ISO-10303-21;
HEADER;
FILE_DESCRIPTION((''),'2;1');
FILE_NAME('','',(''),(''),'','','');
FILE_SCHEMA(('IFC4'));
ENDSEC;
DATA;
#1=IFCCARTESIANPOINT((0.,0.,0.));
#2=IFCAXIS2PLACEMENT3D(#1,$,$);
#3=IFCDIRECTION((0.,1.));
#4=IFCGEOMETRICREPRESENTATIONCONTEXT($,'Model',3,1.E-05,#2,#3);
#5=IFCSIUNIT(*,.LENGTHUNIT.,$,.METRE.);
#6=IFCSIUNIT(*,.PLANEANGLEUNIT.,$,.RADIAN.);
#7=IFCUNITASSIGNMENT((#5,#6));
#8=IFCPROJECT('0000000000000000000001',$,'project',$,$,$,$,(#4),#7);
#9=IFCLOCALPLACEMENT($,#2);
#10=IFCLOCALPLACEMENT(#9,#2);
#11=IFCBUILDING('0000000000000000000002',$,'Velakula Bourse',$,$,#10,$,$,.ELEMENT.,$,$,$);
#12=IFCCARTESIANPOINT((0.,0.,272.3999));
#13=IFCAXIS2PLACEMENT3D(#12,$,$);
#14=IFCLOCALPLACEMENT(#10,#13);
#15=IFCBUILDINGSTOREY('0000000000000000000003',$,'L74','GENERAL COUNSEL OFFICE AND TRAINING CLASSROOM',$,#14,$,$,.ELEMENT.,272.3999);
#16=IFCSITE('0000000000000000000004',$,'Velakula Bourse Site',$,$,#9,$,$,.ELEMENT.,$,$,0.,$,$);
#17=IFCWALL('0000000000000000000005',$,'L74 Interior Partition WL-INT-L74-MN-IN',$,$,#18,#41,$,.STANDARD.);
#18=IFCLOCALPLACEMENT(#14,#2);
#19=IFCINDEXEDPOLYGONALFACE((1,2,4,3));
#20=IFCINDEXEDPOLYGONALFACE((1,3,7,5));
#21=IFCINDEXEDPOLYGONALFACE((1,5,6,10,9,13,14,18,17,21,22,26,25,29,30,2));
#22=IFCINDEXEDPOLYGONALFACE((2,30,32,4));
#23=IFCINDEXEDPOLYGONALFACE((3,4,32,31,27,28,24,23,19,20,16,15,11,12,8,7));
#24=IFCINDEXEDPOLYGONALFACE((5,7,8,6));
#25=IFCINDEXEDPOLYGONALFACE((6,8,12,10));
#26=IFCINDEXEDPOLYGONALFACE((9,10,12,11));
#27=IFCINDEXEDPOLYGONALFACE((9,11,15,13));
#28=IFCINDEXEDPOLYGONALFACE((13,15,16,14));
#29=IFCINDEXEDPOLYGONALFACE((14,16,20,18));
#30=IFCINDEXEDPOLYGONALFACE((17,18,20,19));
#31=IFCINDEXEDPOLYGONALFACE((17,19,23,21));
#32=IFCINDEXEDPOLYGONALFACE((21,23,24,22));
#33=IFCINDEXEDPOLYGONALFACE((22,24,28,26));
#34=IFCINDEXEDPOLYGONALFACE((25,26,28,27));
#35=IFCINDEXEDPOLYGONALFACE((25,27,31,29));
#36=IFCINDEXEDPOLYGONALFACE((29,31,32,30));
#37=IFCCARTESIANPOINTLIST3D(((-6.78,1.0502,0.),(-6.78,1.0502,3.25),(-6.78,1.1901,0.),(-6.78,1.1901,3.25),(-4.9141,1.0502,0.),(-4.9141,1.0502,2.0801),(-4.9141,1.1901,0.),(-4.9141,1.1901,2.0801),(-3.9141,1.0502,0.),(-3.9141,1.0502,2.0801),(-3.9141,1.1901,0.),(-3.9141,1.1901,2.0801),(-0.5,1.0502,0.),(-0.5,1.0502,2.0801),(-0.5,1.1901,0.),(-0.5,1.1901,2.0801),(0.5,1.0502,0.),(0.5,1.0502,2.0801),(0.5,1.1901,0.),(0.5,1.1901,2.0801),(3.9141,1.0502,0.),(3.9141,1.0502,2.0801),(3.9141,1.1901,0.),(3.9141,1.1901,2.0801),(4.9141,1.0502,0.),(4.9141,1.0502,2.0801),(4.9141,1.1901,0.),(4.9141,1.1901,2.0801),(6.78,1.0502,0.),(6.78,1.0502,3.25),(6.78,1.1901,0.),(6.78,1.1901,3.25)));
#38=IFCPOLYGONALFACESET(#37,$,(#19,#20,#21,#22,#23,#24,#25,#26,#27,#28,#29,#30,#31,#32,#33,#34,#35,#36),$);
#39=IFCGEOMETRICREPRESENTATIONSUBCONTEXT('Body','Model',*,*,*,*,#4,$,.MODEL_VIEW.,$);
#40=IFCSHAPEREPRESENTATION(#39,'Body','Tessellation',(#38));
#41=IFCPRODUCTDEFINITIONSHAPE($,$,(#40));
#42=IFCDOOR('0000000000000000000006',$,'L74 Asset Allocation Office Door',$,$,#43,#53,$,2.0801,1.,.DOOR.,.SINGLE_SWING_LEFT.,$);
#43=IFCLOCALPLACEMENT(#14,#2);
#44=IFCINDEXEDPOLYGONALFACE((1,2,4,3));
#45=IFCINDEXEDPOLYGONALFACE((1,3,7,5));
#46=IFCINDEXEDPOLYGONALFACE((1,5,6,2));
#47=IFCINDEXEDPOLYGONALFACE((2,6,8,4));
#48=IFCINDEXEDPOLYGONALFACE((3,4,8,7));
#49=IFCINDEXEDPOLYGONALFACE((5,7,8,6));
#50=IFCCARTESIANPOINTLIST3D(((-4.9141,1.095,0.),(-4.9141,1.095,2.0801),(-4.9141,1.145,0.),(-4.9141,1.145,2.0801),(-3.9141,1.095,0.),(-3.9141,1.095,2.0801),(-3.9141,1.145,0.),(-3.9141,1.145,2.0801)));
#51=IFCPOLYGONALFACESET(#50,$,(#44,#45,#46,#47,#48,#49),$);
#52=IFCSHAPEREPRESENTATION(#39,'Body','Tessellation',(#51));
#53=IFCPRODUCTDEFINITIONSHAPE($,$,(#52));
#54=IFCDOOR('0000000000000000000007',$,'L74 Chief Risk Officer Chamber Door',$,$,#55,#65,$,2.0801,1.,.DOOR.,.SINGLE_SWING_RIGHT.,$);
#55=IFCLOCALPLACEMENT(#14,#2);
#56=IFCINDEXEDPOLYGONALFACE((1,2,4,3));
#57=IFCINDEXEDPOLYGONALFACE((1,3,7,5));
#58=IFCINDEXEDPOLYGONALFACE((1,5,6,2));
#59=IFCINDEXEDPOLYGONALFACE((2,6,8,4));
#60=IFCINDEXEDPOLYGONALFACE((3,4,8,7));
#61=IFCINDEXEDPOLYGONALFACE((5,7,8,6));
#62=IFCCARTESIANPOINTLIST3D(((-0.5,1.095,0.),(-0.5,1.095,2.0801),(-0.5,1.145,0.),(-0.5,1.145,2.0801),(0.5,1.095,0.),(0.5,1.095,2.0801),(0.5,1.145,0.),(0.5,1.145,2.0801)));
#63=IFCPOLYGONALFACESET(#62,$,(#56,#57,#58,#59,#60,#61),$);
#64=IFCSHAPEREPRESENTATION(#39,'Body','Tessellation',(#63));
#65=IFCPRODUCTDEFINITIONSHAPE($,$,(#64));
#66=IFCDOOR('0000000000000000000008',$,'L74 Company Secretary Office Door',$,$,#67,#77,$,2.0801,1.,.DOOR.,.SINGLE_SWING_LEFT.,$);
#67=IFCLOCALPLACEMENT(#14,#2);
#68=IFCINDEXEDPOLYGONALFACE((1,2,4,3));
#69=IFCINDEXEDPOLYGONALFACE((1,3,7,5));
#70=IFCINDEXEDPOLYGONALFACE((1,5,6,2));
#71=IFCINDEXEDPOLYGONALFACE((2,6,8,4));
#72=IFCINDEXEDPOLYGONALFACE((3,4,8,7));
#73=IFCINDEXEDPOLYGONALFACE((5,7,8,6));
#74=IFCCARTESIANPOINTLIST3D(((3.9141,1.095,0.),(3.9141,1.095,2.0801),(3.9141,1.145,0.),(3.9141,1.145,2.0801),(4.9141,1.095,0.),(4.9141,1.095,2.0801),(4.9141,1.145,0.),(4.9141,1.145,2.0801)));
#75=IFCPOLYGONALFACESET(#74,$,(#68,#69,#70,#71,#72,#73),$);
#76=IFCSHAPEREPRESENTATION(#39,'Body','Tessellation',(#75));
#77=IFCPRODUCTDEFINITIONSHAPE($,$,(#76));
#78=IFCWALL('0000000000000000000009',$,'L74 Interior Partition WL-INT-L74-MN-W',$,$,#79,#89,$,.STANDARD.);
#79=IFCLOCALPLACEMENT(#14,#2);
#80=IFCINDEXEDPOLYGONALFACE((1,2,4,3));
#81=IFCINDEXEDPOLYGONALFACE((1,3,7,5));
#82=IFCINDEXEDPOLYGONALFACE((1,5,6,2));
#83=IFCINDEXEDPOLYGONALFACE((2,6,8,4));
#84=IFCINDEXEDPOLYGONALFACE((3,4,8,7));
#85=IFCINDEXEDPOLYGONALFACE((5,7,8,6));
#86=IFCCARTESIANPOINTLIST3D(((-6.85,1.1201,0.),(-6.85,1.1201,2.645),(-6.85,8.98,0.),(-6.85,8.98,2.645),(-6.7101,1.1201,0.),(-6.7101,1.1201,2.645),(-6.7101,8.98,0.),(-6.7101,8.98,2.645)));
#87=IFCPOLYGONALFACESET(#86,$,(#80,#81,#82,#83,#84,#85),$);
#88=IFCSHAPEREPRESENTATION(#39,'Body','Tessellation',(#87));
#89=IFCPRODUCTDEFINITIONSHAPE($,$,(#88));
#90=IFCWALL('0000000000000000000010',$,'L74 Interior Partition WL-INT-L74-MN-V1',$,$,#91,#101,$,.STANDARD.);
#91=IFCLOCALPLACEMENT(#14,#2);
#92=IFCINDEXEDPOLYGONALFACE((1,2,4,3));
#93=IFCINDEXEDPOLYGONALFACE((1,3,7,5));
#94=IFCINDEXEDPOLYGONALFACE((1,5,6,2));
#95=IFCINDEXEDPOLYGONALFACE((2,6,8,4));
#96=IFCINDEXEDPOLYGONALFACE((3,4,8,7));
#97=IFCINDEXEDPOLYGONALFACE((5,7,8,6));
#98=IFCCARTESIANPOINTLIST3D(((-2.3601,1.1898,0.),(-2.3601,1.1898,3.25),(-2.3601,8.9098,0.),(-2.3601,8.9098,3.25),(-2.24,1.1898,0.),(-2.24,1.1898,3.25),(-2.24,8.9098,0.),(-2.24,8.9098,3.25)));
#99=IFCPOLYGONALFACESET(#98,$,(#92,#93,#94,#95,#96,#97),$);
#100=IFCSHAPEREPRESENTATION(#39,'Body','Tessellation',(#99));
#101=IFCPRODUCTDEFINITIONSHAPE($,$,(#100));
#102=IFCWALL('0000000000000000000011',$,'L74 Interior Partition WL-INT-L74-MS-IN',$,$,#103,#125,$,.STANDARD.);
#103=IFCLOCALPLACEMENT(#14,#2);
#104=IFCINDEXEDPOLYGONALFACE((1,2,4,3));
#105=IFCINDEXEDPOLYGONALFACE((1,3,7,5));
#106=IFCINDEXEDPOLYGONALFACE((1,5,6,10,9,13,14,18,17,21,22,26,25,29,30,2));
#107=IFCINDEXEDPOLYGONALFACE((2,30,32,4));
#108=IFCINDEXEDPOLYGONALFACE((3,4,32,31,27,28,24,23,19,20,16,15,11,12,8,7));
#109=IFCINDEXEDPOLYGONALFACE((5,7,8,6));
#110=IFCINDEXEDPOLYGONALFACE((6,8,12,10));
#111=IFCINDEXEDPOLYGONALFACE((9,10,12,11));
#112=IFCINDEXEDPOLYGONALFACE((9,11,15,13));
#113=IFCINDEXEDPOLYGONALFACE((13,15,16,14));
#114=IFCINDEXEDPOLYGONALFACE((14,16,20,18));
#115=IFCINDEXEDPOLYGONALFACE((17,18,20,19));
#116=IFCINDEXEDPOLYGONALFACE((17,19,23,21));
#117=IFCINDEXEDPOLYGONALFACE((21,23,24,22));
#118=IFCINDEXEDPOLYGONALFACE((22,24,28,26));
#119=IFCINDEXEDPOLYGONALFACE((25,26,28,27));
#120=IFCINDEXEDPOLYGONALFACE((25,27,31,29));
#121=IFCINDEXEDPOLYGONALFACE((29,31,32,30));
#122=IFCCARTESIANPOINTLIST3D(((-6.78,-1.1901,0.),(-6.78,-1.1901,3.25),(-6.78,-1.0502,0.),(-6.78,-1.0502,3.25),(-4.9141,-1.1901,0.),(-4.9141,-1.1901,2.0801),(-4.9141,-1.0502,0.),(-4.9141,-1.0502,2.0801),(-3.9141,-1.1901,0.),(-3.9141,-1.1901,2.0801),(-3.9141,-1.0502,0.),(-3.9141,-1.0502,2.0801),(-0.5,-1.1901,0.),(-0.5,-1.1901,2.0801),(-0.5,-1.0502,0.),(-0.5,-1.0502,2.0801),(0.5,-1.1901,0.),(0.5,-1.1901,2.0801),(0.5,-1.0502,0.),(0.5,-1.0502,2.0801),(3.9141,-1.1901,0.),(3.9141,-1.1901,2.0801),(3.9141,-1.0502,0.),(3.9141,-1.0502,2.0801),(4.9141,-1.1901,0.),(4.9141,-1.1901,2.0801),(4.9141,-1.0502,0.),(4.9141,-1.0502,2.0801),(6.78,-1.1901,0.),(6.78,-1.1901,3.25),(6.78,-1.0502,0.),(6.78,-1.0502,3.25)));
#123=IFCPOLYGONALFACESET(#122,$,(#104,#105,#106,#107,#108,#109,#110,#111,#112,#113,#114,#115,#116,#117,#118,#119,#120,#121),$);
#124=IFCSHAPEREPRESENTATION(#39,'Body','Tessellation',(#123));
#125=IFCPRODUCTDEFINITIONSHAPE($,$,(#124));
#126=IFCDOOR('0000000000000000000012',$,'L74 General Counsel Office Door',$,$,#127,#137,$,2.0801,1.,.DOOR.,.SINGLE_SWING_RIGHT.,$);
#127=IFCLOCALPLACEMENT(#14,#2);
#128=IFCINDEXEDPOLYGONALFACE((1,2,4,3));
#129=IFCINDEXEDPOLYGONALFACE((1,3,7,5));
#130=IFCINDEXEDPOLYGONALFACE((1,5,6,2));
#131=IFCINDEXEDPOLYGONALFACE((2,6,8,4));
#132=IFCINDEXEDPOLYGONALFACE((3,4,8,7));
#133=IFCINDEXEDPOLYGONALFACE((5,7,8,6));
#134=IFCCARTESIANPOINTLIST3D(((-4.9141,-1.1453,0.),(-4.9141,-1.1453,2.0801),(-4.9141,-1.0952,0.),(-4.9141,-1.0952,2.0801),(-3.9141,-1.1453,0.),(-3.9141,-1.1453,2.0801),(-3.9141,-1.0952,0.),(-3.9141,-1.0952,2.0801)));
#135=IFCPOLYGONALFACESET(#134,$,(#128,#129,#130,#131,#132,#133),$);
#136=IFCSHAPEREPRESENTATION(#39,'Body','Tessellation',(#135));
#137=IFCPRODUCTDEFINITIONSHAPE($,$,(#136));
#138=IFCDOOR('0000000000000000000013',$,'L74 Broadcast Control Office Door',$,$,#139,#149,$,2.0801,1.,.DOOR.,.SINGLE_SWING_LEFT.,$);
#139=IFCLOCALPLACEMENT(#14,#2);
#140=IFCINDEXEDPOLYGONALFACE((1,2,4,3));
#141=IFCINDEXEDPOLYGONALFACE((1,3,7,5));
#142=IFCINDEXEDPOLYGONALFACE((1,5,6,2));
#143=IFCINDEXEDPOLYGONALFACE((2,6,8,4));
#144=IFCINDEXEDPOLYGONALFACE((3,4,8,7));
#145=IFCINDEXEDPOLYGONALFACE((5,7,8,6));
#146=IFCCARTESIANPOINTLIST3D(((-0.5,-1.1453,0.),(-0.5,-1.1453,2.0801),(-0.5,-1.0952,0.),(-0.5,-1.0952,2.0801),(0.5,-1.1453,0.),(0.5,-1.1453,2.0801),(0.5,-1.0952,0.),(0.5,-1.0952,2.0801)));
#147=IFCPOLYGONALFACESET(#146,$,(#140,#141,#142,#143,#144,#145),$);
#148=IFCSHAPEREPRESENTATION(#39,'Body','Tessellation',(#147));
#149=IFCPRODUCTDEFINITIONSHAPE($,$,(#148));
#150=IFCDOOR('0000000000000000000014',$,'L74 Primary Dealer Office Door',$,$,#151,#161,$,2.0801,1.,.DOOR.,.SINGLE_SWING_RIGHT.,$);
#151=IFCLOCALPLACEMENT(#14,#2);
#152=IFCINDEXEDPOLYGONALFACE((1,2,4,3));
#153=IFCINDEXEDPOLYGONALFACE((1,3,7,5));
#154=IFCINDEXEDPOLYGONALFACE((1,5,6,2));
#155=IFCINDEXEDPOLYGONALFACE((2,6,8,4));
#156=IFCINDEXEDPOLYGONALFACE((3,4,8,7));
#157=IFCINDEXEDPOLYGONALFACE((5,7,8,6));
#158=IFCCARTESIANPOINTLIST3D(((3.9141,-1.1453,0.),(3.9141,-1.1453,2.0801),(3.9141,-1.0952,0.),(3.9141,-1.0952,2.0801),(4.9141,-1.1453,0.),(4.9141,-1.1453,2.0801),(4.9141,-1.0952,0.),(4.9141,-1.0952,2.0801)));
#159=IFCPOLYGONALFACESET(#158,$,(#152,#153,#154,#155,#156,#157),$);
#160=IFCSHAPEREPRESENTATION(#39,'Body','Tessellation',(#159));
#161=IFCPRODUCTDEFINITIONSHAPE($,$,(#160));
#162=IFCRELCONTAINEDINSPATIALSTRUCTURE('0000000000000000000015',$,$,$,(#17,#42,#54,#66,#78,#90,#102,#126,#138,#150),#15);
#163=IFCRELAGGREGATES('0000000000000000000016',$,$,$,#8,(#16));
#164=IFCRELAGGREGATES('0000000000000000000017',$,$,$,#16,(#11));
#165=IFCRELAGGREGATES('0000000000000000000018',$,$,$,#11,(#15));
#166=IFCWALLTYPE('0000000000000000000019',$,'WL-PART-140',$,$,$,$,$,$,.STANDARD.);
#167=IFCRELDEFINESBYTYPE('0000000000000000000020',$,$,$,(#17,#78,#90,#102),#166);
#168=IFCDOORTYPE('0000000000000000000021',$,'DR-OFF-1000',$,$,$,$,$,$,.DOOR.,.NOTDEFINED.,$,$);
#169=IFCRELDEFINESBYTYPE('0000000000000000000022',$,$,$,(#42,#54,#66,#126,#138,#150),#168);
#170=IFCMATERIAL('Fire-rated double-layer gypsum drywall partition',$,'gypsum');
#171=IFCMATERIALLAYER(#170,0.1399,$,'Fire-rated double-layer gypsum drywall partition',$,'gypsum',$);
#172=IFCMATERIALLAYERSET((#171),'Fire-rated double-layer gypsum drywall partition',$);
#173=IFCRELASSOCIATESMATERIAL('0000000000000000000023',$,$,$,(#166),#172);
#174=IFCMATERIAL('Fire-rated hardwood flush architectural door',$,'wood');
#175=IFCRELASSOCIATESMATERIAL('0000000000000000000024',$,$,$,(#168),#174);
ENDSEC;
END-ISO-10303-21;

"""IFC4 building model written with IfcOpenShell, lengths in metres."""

from ifc_helpers import new_model, si_unit, direction, frame, frame_2d, origin, place, context, subcontext, project, spatial, rectangle, extrude, material, layer, layer_set, type_object, element, fill, save


model = new_model("IFC4")

# Units and contexts
model_context = context("Model", 3, precision=1e-05, world=origin(), true_north=direction((0.0, 1.0)))
body_context = subcontext(model_context, "Body", "Model", "MODEL_VIEW")
ifc_project = project(units=[si_unit("LENGTHUNIT", "METRE"), si_unit("PLANEANGLEUNIT", "RADIAN")], contexts=[model_context])

# Site, building, storey
site_placement = place(None, origin())
site = spatial("IfcSite", under=ifc_project, at=site_placement, Name="Velakula Bourse Site", CompositionType="ELEMENT", RefElevation=0.0)
building_placement = place(site_placement, origin())
building = spatial("IfcBuilding", under=site, at=building_placement, Name="Velakula Bourse", CompositionType="ELEMENT")
storey_placement = place(building_placement, frame((0.0, 0.0, 272.3999)))
storey = spatial("IfcBuildingStorey", under=building, at=storey_placement, Name="L74", Description="GENERAL COUNSEL OFFICE AND TRAINING CLASSROOM", CompositionType="ELEMENT", Elevation=272.3999)

# Shared definitions
ifc_material_1 = material(Name="Fire-rated double-layer gypsum drywall partition", Category="gypsum")
ifc_material_2 = material(Name="Fire-rated hardwood flush architectural door", Category="wood")

# Wall, openings, doors
ifc_layer_1 = layer(ifc_material_1, 0.1399, Name="Fire-rated double-layer gypsum drywall partition", Category="gypsum")
ifc_layer_set_1 = layer_set([ifc_layer_1], Name="Fire-rated double-layer gypsum drywall partition")
wall_type_1 = type_object("IfcWallType", Name="WL-PART-140", PredefinedType="STANDARD", material=ifc_layer_set_1)
wall_1_placement = place(storey_placement, frame((-6.78, 1.1201, 0.0), z_axis=(0.0, 0.0, 1.0), x_axis=(1.0, 0.0, 0.0)))
wall_1 = element("IfcWall", 1, at=wall_1_placement, inside=storey, type_object=wall_type_1, Name="L74 Interior Partition WL-INT-L74-MN-IN", PredefinedType="STANDARD", context=body_context, shape_type="SweptSolid", body=[
    extrude(rectangle(XDim=13.5601, YDim=0.1399, at=frame_2d((6.78, 0.0))), origin(), (0.0, 0.0, 1.0), 3.25),
])
opening_1_placement = place(wall_1_placement, frame((1.866, 0.0, 0.0)))
opening_1 = element("IfcOpeningElement", 2, at=opening_1_placement, cuts=wall_1, PredefinedType="OPENING", context=body_context, shape_type="SweptSolid", body=[
    extrude(rectangle(XDim=1.0, YDim=2.0801, at=frame_2d((0.5, 1.04))), frame((0.0, 0.0798, 0.0), z_axis=(0.0, -1.0, 0.0), x_axis=(1.0, 0.0, 0.0)), (0.0, 0.0, 1.0), 0.1599),
])
opening_2_placement = place(wall_1_placement, frame((6.28, 0.0, 0.0)))
opening_2 = element("IfcOpeningElement", 3, at=opening_2_placement, cuts=wall_1, PredefinedType="OPENING", context=body_context, shape_type="SweptSolid", body=[
    extrude(rectangle(XDim=1.0, YDim=2.0801, at=frame_2d((0.5, 1.04))), frame((0.0, 0.0798, 0.0), z_axis=(0.0, -1.0, 0.0), x_axis=(1.0, 0.0, 0.0)), (0.0, 0.0, 1.0), 0.1599),
])
opening_3_placement = place(wall_1_placement, frame((10.6941, 0.0, 0.0)))
opening_3 = element("IfcOpeningElement", 4, at=opening_3_placement, cuts=wall_1, PredefinedType="OPENING", context=body_context, shape_type="SweptSolid", body=[
    extrude(rectangle(XDim=1.0, YDim=2.0801, at=frame_2d((0.5, 1.04))), frame((0.0, 0.0798, 0.0), z_axis=(0.0, -1.0, 0.0), x_axis=(1.0, 0.0, 0.0)), (0.0, 0.0, 1.0), 0.1599),
])
door_type_1 = type_object("IfcDoorType", Name="DR-OFF-1000", OperationType="NOTDEFINED", PredefinedType="DOOR", material=ifc_material_2)
door_1_placement = place(opening_1_placement, origin())
door_1 = element("IfcDoor", 5, at=door_1_placement, inside=storey, type_object=door_type_1, Name="L74 Asset Allocation Office Door", OperationType="SINGLE_SWING_LEFT", OverallHeight=2.0801, OverallWidth=1.0, PredefinedType="DOOR", context=body_context, shape_type="SweptSolid", body=[
    extrude(rectangle(XDim=1.0, YDim=2.0801, at=frame_2d((0.5, 1.04))), frame((0.0, 0.0249, 0.0), z_axis=(0.0, -1.0, 0.0), x_axis=(1.0, 0.0, 0.0)), (0.0, 0.0, 1.0), 0.05),
])
fill(opening_1, door_1)
door_2_placement = place(opening_2_placement, origin())
door_2 = element("IfcDoor", 6, at=door_2_placement, inside=storey, type_object=door_type_1, Name="L74 Chief Risk Officer Chamber Door", OperationType="SINGLE_SWING_RIGHT", OverallHeight=2.0801, OverallWidth=1.0, PredefinedType="DOOR", context=body_context, shape_type="SweptSolid", body=[
    extrude(rectangle(XDim=1.0, YDim=2.0801, at=frame_2d((0.5, 1.04))), frame((0.0, 0.0249, 0.0), z_axis=(0.0, -1.0, 0.0), x_axis=(1.0, 0.0, 0.0)), (0.0, 0.0, 1.0), 0.05),
])
fill(opening_2, door_2)
door_3_placement = place(opening_3_placement, origin())
door_3 = element("IfcDoor", 7, at=door_3_placement, inside=storey, type_object=door_type_1, Name="L74 Company Secretary Office Door", OperationType="SINGLE_SWING_LEFT", OverallHeight=2.0801, OverallWidth=1.0, PredefinedType="DOOR", context=body_context, shape_type="SweptSolid", body=[
    extrude(rectangle(XDim=1.0, YDim=2.0801, at=frame_2d((0.5, 1.04))), frame((0.0, 0.0249, 0.0), z_axis=(0.0, -1.0, 0.0), x_axis=(1.0, 0.0, 0.0)), (0.0, 0.0, 1.0), 0.05),
])
fill(opening_3, door_3)

# Walls
wall_2_placement = place(storey_placement, frame((-6.78, 1.1201, 0.0), z_axis=(0.0, 0.0, 1.0), x_axis=(0.0, 1.0, 0.0)))
element("IfcWall", 8, at=wall_2_placement, inside=storey, type_object=wall_type_1, Name="L74 Interior Partition WL-INT-L74-MN-W", PredefinedType="STANDARD", context=body_context, shape_type="SweptSolid", body=[
    extrude(rectangle(XDim=7.8599, YDim=0.1399, at=frame_2d((3.9299, 0.0))), origin(), (0.0, 0.0, 1.0), 2.645),
])
wall_3_placement = place(storey_placement, frame((-2.3, 1.1899, 0.0), z_axis=(0.0, 0.0, 1.0), x_axis=(0.0, 1.0, 0.0)))
element("IfcWall", 9, at=wall_3_placement, inside=storey, type_object=wall_type_1, Name="L74 Interior Partition WL-INT-L74-MN-V1", PredefinedType="STANDARD", context=body_context, shape_type="SweptSolid", body=[
    extrude(rectangle(XDim=7.72, YDim=0.1201, at=frame_2d((3.8599, 0.0))), origin(), (0.0, 0.0, 1.0), 3.25),
])

# Wall, openings, doors
wall_4_placement = place(storey_placement, frame((-6.78, -1.1201, 0.0), z_axis=(0.0, 0.0, 1.0), x_axis=(1.0, 0.0, 0.0)))
wall_4 = element("IfcWall", 10, at=wall_4_placement, inside=storey, type_object=wall_type_1, Name="L74 Interior Partition WL-INT-L74-MS-IN", PredefinedType="STANDARD", context=body_context, shape_type="SweptSolid", body=[
    extrude(rectangle(XDim=13.5601, YDim=0.1399, at=frame_2d((6.78, 0.0))), origin(), (0.0, 0.0, 1.0), 3.25),
])
opening_4_placement = place(wall_4_placement, frame((1.866, 0.0, 0.0)))
opening_4 = element("IfcOpeningElement", 11, at=opening_4_placement, cuts=wall_4, PredefinedType="OPENING", context=body_context, shape_type="SweptSolid", body=[
    extrude(rectangle(XDim=1.0, YDim=2.0801, at=frame_2d((0.5, 1.04))), frame((0.0, 0.0798, 0.0), z_axis=(0.0, -1.0, 0.0), x_axis=(1.0, 0.0, 0.0)), (0.0, 0.0, 1.0), 0.1599),
])
opening_5_placement = place(wall_4_placement, frame((6.28, 0.0, 0.0)))
opening_5 = element("IfcOpeningElement", 12, at=opening_5_placement, cuts=wall_4, PredefinedType="OPENING", context=body_context, shape_type="SweptSolid", body=[
    extrude(rectangle(XDim=1.0, YDim=2.0801, at=frame_2d((0.5, 1.04))), frame((0.0, 0.0798, 0.0), z_axis=(0.0, -1.0, 0.0), x_axis=(1.0, 0.0, 0.0)), (0.0, 0.0, 1.0), 0.1599),
])
opening_6_placement = place(wall_4_placement, frame((10.6941, 0.0, 0.0)))
opening_6 = element("IfcOpeningElement", 13, at=opening_6_placement, cuts=wall_4, PredefinedType="OPENING", context=body_context, shape_type="SweptSolid", body=[
    extrude(rectangle(XDim=1.0, YDim=2.0801, at=frame_2d((0.5, 1.04))), frame((0.0, 0.0798, 0.0), z_axis=(0.0, -1.0, 0.0), x_axis=(1.0, 0.0, 0.0)), (0.0, 0.0, 1.0), 0.1599),
])
door_4_placement = place(opening_4_placement, origin())
door_4 = element("IfcDoor", 14, at=door_4_placement, inside=storey, type_object=door_type_1, Name="L74 General Counsel Office Door", OperationType="SINGLE_SWING_RIGHT", OverallHeight=2.0801, OverallWidth=1.0, PredefinedType="DOOR", context=body_context, shape_type="SweptSolid", body=[
    extrude(rectangle(XDim=1.0, YDim=2.0801, at=frame_2d((0.5, 1.04))), frame((0.0, 0.0249, 0.0), z_axis=(0.0, -1.0, 0.0), x_axis=(1.0, 0.0, 0.0)), (0.0, 0.0, 1.0), 0.05),
])
fill(opening_4, door_4)
door_5_placement = place(opening_5_placement, origin())
door_5 = element("IfcDoor", 15, at=door_5_placement, inside=storey, type_object=door_type_1, Name="L74 Broadcast Control Office Door", OperationType="SINGLE_SWING_LEFT", OverallHeight=2.0801, OverallWidth=1.0, PredefinedType="DOOR", context=body_context, shape_type="SweptSolid", body=[
    extrude(rectangle(XDim=1.0, YDim=2.0801, at=frame_2d((0.5, 1.04))), frame((0.0, 0.0249, 0.0), z_axis=(0.0, -1.0, 0.0), x_axis=(1.0, 0.0, 0.0)), (0.0, 0.0, 1.0), 0.05),
])
fill(opening_5, door_5)
door_6_placement = place(opening_6_placement, origin())
door_6 = element("IfcDoor", 16, at=door_6_placement, inside=storey, type_object=door_type_1, Name="L74 Primary Dealer Office Door", OperationType="SINGLE_SWING_RIGHT", OverallHeight=2.0801, OverallWidth=1.0, PredefinedType="DOOR", context=body_context, shape_type="SweptSolid", body=[
    extrude(rectangle(XDim=1.0, YDim=2.0801, at=frame_2d((0.5, 1.04))), frame((0.0, 0.0249, 0.0), z_axis=(0.0, -1.0, 0.0), x_axis=(1.0, 0.0, 0.0)), (0.0, 0.0, 1.0), 0.05),
])
fill(opening_6, door_6)

save(model, "model.ifc")
